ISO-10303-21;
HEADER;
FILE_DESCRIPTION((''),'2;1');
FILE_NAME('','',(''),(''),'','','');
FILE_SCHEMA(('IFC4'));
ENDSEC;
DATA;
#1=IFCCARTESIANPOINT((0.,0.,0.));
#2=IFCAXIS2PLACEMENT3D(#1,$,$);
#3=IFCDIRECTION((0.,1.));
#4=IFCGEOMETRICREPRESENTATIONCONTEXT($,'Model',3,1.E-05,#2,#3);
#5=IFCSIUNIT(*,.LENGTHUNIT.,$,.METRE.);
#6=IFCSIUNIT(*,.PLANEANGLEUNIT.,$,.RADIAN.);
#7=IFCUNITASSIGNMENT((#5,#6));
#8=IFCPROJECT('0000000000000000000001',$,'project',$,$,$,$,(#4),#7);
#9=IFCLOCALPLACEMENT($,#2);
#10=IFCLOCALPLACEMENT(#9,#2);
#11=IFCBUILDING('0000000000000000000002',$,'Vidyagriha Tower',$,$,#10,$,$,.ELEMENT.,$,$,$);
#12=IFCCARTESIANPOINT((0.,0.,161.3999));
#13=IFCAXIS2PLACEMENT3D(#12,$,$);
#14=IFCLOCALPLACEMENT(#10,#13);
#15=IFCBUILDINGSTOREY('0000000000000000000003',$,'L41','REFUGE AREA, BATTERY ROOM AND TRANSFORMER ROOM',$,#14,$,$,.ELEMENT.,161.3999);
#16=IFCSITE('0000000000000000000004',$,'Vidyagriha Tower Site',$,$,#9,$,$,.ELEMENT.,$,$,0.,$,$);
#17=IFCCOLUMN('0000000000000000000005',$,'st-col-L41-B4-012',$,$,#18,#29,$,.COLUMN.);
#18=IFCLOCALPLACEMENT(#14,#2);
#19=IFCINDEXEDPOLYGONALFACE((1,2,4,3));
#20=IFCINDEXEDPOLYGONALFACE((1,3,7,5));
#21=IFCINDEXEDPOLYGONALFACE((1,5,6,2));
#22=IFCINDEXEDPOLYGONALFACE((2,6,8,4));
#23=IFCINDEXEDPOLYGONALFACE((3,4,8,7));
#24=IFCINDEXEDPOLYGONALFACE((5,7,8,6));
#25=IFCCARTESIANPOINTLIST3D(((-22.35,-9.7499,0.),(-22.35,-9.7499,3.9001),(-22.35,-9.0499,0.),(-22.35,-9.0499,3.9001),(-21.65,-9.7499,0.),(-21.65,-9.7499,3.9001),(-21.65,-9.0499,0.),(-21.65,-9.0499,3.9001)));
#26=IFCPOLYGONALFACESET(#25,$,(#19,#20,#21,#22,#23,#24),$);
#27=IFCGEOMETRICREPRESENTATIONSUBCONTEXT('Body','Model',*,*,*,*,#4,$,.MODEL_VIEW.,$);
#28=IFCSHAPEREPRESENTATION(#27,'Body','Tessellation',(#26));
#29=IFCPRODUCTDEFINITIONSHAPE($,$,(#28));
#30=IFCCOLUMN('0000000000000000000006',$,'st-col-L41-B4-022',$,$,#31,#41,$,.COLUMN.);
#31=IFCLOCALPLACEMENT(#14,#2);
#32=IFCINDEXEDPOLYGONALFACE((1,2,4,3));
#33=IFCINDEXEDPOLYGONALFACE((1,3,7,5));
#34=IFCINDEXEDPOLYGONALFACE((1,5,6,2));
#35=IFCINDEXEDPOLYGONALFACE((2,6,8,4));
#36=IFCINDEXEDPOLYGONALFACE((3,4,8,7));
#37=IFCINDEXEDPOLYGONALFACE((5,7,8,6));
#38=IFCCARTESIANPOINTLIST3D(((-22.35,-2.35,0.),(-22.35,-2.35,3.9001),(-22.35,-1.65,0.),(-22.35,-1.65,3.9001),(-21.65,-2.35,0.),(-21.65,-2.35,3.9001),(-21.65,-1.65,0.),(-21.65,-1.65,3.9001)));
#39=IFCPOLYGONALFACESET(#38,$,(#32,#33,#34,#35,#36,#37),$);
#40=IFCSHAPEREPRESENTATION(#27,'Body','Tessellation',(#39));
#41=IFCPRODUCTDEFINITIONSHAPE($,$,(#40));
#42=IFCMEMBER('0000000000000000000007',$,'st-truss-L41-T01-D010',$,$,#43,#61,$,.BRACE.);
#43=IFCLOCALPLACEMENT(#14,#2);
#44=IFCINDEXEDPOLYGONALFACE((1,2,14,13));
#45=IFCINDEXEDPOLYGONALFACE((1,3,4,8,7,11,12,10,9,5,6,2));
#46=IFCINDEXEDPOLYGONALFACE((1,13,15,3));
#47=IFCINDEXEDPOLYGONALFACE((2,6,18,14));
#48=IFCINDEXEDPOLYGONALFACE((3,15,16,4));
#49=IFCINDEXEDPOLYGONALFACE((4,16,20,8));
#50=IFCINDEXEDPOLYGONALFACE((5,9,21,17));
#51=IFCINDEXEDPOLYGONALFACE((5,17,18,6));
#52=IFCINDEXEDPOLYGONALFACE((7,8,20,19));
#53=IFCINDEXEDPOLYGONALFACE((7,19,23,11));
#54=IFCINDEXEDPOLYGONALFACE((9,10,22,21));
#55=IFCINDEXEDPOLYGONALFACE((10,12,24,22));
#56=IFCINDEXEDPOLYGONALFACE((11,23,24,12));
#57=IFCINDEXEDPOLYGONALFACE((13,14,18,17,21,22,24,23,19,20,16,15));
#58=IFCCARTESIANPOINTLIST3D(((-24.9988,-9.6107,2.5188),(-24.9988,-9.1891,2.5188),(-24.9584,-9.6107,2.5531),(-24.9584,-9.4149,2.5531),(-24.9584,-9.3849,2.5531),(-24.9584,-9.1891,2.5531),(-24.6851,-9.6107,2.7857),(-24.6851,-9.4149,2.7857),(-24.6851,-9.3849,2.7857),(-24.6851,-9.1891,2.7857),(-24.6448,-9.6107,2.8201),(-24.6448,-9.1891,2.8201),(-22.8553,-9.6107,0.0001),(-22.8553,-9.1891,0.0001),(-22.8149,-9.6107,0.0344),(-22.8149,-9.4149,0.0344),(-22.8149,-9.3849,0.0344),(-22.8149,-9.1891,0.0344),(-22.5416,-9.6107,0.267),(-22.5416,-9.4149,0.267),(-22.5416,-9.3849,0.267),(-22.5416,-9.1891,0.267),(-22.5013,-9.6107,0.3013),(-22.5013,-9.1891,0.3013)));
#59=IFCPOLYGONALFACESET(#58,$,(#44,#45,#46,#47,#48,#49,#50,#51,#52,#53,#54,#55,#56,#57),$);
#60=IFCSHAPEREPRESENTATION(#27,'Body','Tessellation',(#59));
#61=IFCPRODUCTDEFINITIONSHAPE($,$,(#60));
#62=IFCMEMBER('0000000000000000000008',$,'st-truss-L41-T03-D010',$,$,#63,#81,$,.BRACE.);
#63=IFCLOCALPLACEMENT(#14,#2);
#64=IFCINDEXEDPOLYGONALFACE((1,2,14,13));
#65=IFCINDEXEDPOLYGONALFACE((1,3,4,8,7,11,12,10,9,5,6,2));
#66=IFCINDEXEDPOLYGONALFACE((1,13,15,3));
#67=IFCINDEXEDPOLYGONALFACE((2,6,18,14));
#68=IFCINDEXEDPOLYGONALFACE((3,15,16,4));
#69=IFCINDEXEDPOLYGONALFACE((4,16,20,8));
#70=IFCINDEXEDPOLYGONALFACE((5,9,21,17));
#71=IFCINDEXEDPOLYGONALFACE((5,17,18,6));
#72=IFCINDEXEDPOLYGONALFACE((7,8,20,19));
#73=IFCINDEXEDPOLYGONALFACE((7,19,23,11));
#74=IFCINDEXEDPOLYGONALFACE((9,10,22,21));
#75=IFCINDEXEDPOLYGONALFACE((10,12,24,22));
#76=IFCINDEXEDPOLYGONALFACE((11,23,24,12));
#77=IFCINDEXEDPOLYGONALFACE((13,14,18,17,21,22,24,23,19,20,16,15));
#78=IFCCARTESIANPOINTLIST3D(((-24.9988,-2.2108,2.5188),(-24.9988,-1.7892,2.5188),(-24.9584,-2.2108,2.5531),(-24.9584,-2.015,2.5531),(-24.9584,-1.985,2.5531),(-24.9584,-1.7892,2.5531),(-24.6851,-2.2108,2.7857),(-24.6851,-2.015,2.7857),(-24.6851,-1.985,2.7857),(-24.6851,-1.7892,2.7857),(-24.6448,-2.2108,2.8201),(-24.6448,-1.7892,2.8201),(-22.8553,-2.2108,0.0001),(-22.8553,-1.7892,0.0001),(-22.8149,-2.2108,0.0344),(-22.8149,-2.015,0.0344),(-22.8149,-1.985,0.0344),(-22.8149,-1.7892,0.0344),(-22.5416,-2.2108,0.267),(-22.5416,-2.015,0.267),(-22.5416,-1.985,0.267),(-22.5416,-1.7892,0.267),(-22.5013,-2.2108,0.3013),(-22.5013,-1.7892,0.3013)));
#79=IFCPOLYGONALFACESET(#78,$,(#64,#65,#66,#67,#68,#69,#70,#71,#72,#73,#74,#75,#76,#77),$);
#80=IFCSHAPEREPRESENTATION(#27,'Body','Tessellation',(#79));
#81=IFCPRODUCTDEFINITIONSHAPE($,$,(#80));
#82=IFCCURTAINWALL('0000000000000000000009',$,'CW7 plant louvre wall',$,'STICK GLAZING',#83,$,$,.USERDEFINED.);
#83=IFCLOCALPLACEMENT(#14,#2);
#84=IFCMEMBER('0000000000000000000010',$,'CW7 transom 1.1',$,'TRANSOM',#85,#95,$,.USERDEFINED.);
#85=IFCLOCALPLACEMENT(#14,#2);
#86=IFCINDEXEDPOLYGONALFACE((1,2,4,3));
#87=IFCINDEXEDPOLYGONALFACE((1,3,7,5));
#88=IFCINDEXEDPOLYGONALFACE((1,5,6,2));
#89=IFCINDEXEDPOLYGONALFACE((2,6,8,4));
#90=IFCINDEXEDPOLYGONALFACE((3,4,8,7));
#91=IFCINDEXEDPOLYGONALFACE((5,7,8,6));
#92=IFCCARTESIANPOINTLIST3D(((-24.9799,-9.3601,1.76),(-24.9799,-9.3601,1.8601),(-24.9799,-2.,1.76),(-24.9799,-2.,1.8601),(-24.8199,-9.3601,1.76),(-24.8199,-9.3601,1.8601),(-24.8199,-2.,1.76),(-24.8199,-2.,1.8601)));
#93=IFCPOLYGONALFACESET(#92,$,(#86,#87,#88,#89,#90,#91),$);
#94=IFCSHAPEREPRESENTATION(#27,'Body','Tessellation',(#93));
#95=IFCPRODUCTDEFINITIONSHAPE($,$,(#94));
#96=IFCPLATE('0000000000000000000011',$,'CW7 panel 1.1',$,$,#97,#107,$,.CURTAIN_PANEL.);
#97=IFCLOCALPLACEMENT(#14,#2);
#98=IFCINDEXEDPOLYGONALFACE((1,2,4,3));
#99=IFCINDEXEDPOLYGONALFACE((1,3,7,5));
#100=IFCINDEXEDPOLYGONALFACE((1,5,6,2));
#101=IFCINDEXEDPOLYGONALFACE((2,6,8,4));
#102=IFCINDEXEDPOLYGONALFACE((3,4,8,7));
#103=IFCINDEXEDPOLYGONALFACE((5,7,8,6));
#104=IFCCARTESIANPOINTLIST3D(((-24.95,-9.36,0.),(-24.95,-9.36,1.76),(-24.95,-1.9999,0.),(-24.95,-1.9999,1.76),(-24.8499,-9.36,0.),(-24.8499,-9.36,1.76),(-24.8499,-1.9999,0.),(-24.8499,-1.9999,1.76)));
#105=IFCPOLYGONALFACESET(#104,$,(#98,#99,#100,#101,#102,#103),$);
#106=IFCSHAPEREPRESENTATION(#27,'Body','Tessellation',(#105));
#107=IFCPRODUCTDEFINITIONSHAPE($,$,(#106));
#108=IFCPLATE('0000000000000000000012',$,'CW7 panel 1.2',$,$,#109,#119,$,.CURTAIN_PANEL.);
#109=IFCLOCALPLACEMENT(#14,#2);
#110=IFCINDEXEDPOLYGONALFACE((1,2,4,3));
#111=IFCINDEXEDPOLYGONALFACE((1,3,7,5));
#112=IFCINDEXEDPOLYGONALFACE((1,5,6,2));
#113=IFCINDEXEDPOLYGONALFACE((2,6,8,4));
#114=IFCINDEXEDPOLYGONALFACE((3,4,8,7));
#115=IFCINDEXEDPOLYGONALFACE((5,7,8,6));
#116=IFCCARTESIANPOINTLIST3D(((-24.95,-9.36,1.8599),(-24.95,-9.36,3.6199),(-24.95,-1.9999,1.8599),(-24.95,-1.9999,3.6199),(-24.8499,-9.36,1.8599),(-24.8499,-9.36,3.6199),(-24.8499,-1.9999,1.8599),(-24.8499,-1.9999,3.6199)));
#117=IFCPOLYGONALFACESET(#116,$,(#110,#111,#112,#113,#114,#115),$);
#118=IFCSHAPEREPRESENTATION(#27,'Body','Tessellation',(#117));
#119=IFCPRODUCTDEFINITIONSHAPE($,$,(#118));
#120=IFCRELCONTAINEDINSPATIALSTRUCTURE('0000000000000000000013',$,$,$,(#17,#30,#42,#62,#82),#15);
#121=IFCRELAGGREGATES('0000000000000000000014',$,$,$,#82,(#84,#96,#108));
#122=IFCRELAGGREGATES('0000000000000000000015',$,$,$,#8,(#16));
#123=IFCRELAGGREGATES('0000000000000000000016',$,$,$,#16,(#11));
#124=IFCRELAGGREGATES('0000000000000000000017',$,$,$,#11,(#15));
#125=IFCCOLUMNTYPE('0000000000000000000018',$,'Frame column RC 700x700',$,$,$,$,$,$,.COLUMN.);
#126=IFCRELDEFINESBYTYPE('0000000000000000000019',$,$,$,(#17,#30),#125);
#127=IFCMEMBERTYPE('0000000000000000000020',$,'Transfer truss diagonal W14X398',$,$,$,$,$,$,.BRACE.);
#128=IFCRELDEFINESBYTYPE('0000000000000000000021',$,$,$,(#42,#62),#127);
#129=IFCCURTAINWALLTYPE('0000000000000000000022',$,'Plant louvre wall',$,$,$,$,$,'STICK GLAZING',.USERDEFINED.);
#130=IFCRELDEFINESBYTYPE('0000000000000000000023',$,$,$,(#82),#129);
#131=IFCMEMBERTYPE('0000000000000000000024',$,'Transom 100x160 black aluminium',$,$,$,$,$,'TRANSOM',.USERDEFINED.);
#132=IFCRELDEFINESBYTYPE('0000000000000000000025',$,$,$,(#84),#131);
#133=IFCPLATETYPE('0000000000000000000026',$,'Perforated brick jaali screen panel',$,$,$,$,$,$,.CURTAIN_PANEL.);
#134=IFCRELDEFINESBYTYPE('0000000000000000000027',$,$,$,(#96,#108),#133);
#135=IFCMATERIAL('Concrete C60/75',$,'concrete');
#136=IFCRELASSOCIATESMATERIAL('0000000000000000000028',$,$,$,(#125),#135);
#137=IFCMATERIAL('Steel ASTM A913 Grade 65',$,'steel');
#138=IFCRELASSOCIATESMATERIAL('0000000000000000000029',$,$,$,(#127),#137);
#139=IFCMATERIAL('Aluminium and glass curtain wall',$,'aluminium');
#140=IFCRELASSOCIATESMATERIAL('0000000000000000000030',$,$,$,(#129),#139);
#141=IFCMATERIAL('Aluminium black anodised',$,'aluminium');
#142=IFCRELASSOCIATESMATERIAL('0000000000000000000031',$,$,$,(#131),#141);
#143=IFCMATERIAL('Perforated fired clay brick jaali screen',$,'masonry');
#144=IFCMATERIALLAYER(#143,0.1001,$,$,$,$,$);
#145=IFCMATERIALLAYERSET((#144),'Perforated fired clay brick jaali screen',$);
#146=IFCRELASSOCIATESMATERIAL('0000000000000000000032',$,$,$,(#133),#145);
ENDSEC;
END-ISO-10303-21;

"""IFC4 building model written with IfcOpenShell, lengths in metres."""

from ifc_helpers import new_model, si_unit, direction, frame, origin, origin_2d, place, context, subcontext, project, spatial, rectangle, i_section, extrude, material, layer, layer_set, material_profile, profile_set, type_object, element, aggregate, save


model = new_model("IFC4")

# Units and contexts
model_context = context("Model", 3, precision=1e-05, world=origin(), true_north=direction((0.0, 1.0)))
body_context = subcontext(model_context, "Body", "Model", "MODEL_VIEW")
ifc_project = project(units=[si_unit("LENGTHUNIT", "METRE"), si_unit("PLANEANGLEUNIT", "RADIAN")], contexts=[model_context])

# Site, building, storey
site_placement = place(None, origin())
site = spatial("IfcSite", under=ifc_project, at=site_placement, Name="Vidyagriha Tower Site", CompositionType="ELEMENT", RefElevation=0.0)
building_placement = place(site_placement, origin())
building = spatial("IfcBuilding", under=site, at=building_placement, Name="Vidyagriha Tower", CompositionType="ELEMENT")
storey_placement = place(building_placement, frame((0.0, 0.0, 161.3999)))
storey = spatial("IfcBuildingStorey", under=building, at=storey_placement, Name="L41", Description="REFUGE AREA, BATTERY ROOM AND TRANSFORMER ROOM", CompositionType="ELEMENT", Elevation=161.3999)

# Columns
ifc_material_1 = material(Name="Concrete C60/75", Category="concrete")
ifc_material_profile_1 = material_profile(ifc_material_1, rectangle(XDim=0.7, YDim=0.7, at=origin_2d()), Name="RC 700x700")
ifc_profile_set_1 = profile_set([ifc_material_profile_1], Name="Concrete C60/75")
column_type = type_object("IfcColumnType", Name="Frame column RC 700x700", PredefinedType="COLUMN", material=ifc_profile_set_1)
for number, where, name in (
    (1, (-22.0, -9.3999, 0.0), "st-col-L41-B4-012"),
    (2, (-22.0, -2.0, 0.0), "st-col-L41-B4-022"),
):
    element("IfcColumn", number, at=place(storey_placement, frame(where)), inside=storey, type_object=column_type, Name=name, PredefinedType="COLUMN", context=body_context, shape_type="SweptSolid", body=[
        extrude(rectangle(XDim=0.7, YDim=0.7, at=origin_2d()), origin(), (0.0, 0.0, 1.0), 3.9001),
    ])

# Members
ifc_material_2 = material(Name="Steel ASTM A913 Grade 65", Category="steel")
ifc_material_profile_2 = material_profile(ifc_material_2, i_section(OverallWidth=0.4216, OverallDepth=0.4648, WebThickness=0.03, FlangeThickness=0.053, at=origin_2d()), Name="W14X398")
ifc_profile_set_2 = profile_set([ifc_material_profile_2], Name="Steel ASTM A913 Grade 65")
member_type_1 = type_object("IfcMemberType", Name="Transfer truss diagonal W14X398", PredefinedType="BRACE", material=ifc_profile_set_2)
for number, where, z_axis, x_axis, name in (
    (3, (-24.8218, -9.3999, 2.6694), (0.6481, 0.0, -0.761555), (0.0, 1.0, 0.0), "st-truss-L41-T01-D010"),
    (4, (-24.8218, -2.0, 2.6694), (0.6481, 0.0, -0.761555), (0.0, 1.0, 0.0), "st-truss-L41-T03-D010"),
):
    element("IfcMember", number, at=place(storey_placement, frame(where, z_axis=z_axis, x_axis=x_axis)), inside=storey, type_object=member_type_1, Name=name, PredefinedType="BRACE", context=body_context, shape_type="SweptSolid", body=[
        extrude(i_section(OverallWidth=0.4216, OverallDepth=0.4648, WebThickness=0.03, FlangeThickness=0.053, at=origin_2d()), origin(), (0.0, 0.0, 1.0), 3.3074),
    ])

# Curtain wall, member, plates
ifc_material_3 = material(Name="Aluminium and glass curtain wall", Category="aluminium")
curtain_wall_type = type_object("IfcCurtainWallType", Name="Plant louvre wall", ElementType="STICK GLAZING", PredefinedType="USERDEFINED", material=ifc_material_3)
curtain_wall_placement = place(storey_placement, origin())
curtain_wall = element("IfcCurtainWall", 5, at=curtain_wall_placement, inside=storey, type_object=curtain_wall_type, Name="CW7 plant louvre wall", ObjectType="STICK GLAZING", PredefinedType="USERDEFINED")
ifc_material_4 = material(Name="Aluminium black anodised", Category="aluminium")
ifc_material_profile_3 = material_profile(ifc_material_4, rectangle(XDim=0.1599, YDim=0.1001, at=origin_2d()), Name="Transom 100x160 black aluminium")
ifc_profile_set_3 = profile_set([ifc_material_profile_3], Name="Aluminium black anodised")
member_type_2 = type_object("IfcMemberType", Name="Transom 100x160 black aluminium", ElementType="TRANSOM", PredefinedType="USERDEFINED", material=ifc_profile_set_3)
member_placement = place(storey_placement, frame((-24.8999, -2.0, 1.8101), z_axis=(0.0, -1.0, 0.0), x_axis=(1.0, 0.0, 0.0)))
member = element("IfcMember", 6, at=member_placement, type_object=member_type_2, Name="CW7 transom 1.1", ObjectType="TRANSOM", PredefinedType="USERDEFINED", context=body_context, shape_type="SweptSolid", body=[
    extrude(rectangle(XDim=0.1599, YDim=0.1001, at=origin_2d()), origin(), (0.0, 0.0, 1.0), 7.3601),
])
ifc_material_5 = material(Name="Perforated fired clay brick jaali screen", Category="masonry")
ifc_layer_1 = layer(ifc_material_5, 0.1001)
ifc_layer_set_1 = layer_set([ifc_layer_1], Name="Perforated fired clay brick jaali screen")
plate_type = type_object("IfcPlateType", Name="Perforated brick jaali screen panel", PredefinedType="CURTAIN_PANEL", material=ifc_layer_set_1)
plate_1_placement = place(storey_placement, frame((-24.8999, -5.6799, 0.0), z_axis=(0.0, 0.0, 1.0), x_axis=(0.0, -1.0, 0.0)))
plate_1 = element("IfcPlate", 7, at=plate_1_placement, type_object=plate_type, Name="CW7 panel 1.1", PredefinedType="CURTAIN_PANEL", context=body_context, shape_type="SweptSolid", body=[
    extrude(rectangle(XDim=7.3601, YDim=0.1001, at=origin_2d()), origin(), (0.0, 0.0, 1.0), 1.76),
])
plate_2_placement = place(storey_placement, frame((-24.8999, -5.6799, 1.8599), z_axis=(0.0, 0.0, 1.0), x_axis=(0.0, -1.0, 0.0)))
plate_2 = element("IfcPlate", 8, at=plate_2_placement, type_object=plate_type, Name="CW7 panel 1.2", PredefinedType="CURTAIN_PANEL", context=body_context, shape_type="SweptSolid", body=[
    extrude(rectangle(XDim=7.3601, YDim=0.1001, at=origin_2d()), origin(), (0.0, 0.0, 1.0), 1.76),
])
aggregate(curtain_wall, [member, plate_1, plate_2])

save(model, "model.ifc")
